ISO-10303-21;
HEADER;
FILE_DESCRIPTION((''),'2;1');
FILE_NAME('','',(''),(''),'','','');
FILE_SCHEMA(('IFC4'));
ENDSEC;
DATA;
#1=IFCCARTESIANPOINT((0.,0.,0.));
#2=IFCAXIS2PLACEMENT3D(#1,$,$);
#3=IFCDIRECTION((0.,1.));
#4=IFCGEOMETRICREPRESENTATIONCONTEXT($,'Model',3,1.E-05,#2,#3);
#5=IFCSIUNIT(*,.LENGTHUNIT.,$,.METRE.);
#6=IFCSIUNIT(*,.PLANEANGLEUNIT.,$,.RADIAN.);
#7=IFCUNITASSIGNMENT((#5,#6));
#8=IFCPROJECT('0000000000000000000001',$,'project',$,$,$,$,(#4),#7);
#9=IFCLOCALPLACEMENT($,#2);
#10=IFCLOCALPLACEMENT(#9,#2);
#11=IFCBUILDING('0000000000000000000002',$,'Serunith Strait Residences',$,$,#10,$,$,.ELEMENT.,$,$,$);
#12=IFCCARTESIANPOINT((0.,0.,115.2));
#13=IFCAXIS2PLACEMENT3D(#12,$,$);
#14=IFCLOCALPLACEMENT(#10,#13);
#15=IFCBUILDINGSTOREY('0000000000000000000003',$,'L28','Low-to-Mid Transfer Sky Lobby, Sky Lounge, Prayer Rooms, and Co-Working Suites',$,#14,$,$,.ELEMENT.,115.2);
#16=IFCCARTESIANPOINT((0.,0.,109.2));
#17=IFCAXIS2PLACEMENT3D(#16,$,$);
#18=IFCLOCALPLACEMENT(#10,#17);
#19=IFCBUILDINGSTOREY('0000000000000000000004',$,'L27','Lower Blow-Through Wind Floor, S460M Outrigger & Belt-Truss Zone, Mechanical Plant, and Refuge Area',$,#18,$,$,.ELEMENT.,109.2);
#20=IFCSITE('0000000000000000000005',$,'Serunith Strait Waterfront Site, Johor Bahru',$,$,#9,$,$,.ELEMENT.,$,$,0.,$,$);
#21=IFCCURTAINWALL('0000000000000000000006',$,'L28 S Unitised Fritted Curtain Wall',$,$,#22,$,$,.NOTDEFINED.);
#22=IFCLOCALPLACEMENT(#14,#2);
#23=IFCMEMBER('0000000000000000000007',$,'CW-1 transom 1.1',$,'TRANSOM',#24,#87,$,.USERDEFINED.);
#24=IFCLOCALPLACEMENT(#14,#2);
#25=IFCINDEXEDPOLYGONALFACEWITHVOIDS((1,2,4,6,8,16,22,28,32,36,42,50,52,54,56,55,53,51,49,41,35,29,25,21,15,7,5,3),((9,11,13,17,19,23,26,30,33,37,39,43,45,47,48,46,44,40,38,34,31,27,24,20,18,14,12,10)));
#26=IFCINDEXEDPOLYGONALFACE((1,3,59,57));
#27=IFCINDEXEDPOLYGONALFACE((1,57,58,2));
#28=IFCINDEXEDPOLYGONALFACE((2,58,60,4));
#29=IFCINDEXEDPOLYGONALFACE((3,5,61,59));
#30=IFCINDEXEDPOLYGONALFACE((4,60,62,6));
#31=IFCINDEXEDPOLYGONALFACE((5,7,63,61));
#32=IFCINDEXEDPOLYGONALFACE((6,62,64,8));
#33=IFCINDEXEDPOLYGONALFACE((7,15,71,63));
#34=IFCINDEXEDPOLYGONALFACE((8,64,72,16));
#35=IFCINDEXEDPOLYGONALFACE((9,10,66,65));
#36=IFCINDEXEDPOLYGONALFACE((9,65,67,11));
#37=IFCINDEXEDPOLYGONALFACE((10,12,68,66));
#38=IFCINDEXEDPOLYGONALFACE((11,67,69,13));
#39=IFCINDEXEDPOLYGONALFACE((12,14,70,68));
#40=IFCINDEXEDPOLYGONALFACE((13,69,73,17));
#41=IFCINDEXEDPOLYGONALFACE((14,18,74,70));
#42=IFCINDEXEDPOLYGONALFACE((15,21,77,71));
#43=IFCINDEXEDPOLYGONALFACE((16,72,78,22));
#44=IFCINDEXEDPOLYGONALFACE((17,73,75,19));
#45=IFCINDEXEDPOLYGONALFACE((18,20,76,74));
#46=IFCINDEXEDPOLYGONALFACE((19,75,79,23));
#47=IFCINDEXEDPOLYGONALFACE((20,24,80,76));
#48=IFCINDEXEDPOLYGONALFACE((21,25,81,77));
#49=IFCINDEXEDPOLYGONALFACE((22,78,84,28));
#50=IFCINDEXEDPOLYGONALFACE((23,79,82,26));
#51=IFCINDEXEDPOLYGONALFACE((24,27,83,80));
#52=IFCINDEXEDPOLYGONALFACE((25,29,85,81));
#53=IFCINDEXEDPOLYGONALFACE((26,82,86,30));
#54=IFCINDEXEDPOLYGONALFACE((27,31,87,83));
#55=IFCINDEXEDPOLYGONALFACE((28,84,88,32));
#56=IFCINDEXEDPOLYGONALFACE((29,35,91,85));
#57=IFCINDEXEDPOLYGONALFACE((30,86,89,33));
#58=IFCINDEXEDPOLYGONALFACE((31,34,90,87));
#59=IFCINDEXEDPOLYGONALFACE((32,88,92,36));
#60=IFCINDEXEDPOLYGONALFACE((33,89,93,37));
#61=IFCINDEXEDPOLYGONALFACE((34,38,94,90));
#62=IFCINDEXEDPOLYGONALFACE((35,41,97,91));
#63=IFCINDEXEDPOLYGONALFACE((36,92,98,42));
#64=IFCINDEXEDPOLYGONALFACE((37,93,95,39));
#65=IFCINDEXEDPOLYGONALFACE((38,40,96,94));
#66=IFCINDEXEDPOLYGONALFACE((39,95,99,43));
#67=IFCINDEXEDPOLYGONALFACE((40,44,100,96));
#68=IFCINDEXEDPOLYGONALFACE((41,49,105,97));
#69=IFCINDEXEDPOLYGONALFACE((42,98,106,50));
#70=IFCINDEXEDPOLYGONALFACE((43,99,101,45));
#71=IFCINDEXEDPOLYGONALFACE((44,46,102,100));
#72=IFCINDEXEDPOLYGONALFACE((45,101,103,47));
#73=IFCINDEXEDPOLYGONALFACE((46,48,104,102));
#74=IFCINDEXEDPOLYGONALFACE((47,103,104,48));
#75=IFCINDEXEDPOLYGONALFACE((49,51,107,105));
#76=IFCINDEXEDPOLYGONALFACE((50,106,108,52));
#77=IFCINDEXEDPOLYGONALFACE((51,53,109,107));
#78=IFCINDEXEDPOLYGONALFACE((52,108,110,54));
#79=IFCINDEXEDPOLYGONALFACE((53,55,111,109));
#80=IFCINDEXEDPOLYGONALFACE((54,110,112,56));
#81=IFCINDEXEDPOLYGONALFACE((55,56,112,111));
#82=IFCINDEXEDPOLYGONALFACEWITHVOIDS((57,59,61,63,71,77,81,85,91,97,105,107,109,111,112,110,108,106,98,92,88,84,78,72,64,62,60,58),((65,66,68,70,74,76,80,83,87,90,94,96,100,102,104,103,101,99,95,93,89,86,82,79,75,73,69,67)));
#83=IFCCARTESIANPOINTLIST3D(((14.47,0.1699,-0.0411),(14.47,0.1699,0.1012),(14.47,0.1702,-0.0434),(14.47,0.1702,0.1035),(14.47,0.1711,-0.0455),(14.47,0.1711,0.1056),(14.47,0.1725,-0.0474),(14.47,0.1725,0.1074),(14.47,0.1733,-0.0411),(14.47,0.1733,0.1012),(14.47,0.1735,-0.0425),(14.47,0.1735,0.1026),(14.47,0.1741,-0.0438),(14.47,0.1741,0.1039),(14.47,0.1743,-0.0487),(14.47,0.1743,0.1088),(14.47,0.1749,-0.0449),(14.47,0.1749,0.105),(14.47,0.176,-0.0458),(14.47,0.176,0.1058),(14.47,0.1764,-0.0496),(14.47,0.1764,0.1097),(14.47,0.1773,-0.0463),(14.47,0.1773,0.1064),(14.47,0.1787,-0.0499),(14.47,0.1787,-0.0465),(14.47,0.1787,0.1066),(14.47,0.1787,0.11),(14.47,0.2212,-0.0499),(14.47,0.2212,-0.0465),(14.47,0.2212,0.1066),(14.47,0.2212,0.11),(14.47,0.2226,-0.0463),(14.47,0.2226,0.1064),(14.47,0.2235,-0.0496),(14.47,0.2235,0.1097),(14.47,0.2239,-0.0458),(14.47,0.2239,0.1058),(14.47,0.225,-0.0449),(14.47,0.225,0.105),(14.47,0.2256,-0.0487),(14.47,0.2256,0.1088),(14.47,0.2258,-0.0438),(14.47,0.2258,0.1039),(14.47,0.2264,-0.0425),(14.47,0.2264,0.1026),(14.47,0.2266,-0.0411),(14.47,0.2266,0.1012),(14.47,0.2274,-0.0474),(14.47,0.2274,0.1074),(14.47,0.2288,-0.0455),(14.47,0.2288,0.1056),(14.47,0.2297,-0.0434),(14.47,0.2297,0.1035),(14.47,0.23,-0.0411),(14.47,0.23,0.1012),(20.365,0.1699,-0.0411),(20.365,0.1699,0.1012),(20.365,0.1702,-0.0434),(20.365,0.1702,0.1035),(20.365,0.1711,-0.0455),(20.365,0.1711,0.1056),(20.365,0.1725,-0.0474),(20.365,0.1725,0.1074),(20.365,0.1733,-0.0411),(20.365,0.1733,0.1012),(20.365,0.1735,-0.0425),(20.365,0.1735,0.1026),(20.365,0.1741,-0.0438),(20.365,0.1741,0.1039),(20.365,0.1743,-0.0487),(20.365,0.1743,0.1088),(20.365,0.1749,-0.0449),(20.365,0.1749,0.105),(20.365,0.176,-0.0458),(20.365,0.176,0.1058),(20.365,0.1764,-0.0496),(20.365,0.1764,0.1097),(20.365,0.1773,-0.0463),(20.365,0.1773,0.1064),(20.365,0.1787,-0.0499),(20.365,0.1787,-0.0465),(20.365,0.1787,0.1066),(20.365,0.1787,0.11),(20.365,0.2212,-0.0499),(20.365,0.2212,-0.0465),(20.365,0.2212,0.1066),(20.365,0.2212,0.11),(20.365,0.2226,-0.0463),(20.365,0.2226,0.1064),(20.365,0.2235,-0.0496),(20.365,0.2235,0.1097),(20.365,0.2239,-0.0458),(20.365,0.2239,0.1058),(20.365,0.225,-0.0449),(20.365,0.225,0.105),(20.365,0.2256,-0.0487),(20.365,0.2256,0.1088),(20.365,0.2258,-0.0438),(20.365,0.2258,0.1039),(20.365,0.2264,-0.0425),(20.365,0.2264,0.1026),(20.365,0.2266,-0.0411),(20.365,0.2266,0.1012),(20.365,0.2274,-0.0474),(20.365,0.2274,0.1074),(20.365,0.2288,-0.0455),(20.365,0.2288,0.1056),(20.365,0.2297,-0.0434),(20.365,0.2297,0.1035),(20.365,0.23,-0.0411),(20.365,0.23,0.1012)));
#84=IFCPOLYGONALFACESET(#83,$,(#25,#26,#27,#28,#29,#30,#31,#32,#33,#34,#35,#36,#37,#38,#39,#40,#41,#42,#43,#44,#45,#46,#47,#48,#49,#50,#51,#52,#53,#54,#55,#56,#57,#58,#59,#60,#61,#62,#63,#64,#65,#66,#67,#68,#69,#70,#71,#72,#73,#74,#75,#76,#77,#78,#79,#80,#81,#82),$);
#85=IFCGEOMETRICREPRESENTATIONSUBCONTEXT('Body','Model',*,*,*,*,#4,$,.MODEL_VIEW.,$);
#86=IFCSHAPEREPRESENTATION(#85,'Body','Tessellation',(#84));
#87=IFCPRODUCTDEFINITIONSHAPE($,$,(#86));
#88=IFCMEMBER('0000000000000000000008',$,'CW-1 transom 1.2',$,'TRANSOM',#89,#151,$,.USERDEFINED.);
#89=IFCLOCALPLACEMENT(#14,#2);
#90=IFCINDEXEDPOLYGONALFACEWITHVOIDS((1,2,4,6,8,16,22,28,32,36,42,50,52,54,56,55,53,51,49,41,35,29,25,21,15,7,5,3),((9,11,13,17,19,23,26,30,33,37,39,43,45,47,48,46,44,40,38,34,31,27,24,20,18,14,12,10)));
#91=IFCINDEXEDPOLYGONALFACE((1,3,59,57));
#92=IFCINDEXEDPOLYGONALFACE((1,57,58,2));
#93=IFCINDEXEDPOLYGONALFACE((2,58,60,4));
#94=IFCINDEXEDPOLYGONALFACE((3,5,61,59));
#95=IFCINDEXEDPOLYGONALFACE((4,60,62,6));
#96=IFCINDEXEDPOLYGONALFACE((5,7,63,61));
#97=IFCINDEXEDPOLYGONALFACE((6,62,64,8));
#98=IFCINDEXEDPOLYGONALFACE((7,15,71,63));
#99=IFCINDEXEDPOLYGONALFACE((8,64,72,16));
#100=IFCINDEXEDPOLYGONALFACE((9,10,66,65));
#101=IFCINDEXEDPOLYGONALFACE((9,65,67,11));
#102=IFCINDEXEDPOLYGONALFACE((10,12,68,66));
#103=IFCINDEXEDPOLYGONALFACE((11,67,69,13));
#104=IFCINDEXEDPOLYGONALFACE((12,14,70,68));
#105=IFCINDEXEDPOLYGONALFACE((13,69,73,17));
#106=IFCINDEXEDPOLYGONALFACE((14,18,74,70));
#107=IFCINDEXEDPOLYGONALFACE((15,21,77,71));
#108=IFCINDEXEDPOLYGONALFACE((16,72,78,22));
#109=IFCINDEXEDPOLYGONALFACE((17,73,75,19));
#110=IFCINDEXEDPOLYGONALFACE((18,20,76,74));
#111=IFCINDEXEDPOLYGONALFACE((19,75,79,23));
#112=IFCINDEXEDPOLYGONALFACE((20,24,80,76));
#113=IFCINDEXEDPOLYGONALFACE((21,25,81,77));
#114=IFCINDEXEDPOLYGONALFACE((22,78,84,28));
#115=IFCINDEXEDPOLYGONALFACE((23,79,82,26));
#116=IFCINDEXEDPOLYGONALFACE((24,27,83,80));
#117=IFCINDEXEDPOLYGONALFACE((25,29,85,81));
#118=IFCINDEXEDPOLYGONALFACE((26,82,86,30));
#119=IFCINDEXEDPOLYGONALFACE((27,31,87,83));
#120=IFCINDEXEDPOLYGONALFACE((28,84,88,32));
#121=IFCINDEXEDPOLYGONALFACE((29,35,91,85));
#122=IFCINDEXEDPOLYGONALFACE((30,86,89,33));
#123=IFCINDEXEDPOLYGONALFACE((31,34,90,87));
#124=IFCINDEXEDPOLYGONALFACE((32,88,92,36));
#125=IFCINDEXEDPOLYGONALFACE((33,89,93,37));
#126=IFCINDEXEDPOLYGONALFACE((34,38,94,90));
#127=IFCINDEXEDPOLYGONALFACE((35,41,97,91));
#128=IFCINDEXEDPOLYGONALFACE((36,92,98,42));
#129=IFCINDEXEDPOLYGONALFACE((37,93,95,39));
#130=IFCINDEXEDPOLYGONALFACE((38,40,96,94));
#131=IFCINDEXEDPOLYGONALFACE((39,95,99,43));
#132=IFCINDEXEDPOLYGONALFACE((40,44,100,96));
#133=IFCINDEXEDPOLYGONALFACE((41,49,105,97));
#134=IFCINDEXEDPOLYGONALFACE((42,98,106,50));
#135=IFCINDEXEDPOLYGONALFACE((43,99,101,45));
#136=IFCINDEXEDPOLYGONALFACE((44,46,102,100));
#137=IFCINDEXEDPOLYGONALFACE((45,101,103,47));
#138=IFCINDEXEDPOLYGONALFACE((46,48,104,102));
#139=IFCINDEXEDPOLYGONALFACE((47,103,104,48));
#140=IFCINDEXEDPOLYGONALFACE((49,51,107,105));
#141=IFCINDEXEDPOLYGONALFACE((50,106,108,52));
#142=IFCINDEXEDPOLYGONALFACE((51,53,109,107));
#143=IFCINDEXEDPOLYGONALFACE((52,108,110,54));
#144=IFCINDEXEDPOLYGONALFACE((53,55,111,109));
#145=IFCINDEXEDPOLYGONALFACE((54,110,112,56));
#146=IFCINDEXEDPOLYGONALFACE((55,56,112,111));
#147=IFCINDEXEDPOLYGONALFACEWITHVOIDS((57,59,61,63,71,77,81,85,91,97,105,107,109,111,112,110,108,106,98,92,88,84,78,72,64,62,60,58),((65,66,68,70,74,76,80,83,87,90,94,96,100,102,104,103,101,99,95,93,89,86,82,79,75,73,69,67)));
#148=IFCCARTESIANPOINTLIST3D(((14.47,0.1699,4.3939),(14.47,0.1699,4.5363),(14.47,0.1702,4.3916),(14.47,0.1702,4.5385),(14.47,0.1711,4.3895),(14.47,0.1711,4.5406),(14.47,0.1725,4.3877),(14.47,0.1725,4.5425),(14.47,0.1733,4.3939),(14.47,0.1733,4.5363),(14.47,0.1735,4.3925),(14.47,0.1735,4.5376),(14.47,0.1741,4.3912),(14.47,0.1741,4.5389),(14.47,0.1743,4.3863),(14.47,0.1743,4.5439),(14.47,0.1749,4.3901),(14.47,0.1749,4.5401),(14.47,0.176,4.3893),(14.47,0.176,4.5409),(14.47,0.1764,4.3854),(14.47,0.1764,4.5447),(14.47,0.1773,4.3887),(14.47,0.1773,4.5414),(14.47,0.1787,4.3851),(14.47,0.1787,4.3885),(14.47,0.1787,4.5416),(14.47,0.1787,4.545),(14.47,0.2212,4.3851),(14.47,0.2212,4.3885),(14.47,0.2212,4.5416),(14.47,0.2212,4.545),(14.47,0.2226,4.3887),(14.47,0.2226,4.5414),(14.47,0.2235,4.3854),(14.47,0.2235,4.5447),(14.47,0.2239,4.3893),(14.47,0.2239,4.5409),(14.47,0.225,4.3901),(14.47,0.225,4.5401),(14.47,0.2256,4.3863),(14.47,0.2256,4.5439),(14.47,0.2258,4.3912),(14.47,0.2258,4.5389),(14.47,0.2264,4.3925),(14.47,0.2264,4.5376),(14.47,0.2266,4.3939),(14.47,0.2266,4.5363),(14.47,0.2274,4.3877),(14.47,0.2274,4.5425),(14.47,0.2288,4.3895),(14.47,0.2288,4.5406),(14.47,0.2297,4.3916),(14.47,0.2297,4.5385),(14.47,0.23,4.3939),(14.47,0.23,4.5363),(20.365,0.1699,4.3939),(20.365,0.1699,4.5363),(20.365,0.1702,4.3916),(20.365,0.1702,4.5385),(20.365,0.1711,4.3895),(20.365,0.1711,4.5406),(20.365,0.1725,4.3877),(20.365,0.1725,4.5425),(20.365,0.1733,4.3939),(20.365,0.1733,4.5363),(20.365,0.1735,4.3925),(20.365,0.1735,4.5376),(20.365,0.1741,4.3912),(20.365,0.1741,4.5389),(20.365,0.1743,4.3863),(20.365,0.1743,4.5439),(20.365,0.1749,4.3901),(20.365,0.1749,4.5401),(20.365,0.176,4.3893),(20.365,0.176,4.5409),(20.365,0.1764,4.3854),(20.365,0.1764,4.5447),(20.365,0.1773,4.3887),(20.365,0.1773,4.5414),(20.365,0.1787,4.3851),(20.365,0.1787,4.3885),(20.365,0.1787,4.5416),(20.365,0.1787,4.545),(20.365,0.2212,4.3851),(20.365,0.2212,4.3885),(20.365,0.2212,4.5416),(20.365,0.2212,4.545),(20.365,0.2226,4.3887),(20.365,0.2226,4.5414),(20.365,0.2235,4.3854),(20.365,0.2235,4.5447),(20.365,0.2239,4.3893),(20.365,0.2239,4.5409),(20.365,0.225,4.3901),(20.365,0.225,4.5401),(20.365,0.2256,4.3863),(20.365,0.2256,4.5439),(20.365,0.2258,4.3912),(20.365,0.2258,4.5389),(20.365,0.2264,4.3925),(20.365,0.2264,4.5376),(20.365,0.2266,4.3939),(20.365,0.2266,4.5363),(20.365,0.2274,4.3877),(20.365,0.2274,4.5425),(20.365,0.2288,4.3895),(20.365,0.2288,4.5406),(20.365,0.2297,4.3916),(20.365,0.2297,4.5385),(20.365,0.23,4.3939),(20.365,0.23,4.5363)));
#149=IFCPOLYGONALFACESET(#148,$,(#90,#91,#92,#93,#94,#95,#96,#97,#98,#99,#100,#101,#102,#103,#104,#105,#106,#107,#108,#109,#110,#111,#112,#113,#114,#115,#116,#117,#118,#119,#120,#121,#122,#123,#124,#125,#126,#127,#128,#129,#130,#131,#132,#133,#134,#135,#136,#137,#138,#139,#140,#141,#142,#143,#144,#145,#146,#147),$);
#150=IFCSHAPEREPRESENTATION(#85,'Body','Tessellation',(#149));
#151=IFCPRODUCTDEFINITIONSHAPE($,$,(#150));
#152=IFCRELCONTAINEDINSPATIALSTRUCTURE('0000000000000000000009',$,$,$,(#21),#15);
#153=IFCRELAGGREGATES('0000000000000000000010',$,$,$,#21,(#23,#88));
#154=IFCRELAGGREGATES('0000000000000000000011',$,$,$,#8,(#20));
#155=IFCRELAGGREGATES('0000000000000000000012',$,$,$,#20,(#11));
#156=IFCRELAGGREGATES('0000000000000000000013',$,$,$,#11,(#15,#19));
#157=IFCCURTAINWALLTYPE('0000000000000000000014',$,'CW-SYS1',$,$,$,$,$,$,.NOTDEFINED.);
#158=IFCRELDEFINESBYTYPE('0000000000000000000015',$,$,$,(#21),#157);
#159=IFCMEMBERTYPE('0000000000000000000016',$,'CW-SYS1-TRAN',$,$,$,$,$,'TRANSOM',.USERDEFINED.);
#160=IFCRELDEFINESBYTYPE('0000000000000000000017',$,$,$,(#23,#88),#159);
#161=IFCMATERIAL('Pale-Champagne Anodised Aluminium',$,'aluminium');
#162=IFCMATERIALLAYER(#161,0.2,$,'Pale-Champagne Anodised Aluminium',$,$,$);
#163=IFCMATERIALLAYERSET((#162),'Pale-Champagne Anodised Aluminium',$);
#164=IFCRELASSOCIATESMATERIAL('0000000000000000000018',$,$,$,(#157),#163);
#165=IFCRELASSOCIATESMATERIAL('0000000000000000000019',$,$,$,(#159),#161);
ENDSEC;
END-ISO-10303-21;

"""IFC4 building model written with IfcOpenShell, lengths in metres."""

from ifc_helpers import new_model, si_unit, direction, frame, origin, origin_2d, place, context, subcontext, project, spatial, hollow_rectangle, extrude, source, transform, mapped, material, layer, layer_set, material_profile, profile_set, type_object, element, aggregate, save


model = new_model("IFC4")

# Units and contexts
model_context = context("Model", 3, precision=1e-05, world=origin(), true_north=direction((0.0, 1.0)))
body_context = subcontext(model_context, "Body", "Model", "MODEL_VIEW")
ifc_project = project(units=[si_unit("LENGTHUNIT", "METRE"), si_unit("PLANEANGLEUNIT", "RADIAN")], contexts=[model_context])

# Site, building, storey
site_placement = place(None, origin())
site = spatial("IfcSite", under=ifc_project, at=site_placement, Name="Serunith Strait Waterfront Site, Johor Bahru", CompositionType="ELEMENT", RefElevation=0.0)
building_placement = place(site_placement, origin())
building = spatial("IfcBuilding", under=site, at=building_placement, Name="Serunith Strait Residences", CompositionType="ELEMENT")
storey_1_placement = place(building_placement, frame((0.0, 0.0, 115.2)))
storey_1 = spatial("IfcBuildingStorey", under=building, at=storey_1_placement, Name="L28", Description="Low-to-Mid Transfer Sky Lobby, Sky Lounge, Prayer Rooms, and Co-Working Suites", CompositionType="ELEMENT", Elevation=115.2)

# Curtain wall, members
ifc_material_1 = material(Name="Pale-Champagne Anodised Aluminium", Category="aluminium")
ifc_layer_1 = layer(ifc_material_1, 0.2, Name="Pale-Champagne Anodised Aluminium")
ifc_layer_set_1 = layer_set([ifc_layer_1], Name="Pale-Champagne Anodised Aluminium")
curtain_wall_type = type_object("IfcCurtainWallType", Name="CW-SYS1", PredefinedType="NOTDEFINED", material=ifc_layer_set_1)
curtain_wall_placement = place(storey_1_placement, origin())
curtain_wall = element("IfcCurtainWall", 1, at=curtain_wall_placement, inside=storey_1, type_object=curtain_wall_type, Name="L28 S Unitised Fritted Curtain Wall", PredefinedType="NOTDEFINED")
ifc_material_profile_1 = material_profile(ifc_material_1, hollow_rectangle(XDim=0.0601, YDim=0.1599, WallThickness=0.0034, InnerFilletRadius=0.0054, OuterFilletRadius=0.0088, at=origin_2d()), Name="ALU 160x60x3.5")
ifc_profile_set_1 = profile_set([ifc_material_profile_1], Name="Pale-Champagne Anodised Aluminium")
member_type_1 = type_object("IfcMemberType", Name="CW-SYS1-TRAN", ElementType="TRANSOM", PredefinedType="USERDEFINED", material=ifc_profile_set_1)
shared_shape_1 = source(origin(), body_context, "Body", "SweptSolid", [
    extrude(hollow_rectangle(XDim=0.0601, YDim=0.1599, WallThickness=0.0034, InnerFilletRadius=0.0054, OuterFilletRadius=0.0088, at=origin_2d()), origin(), (0.0, 0.0, 1.0), 5.895),
])
member_1_placement = place(storey_1_placement, frame((14.47, 0.2, 0.03), z_axis=(1.0, 0.0, 0.0), x_axis=(0.0, 1.0, 0.0)))
member_1 = element("IfcMember", 2, at=member_1_placement, type_object=member_type_1, Name="CW-1 transom 1.1", ObjectType="TRANSOM", PredefinedType="USERDEFINED", context=body_context, shape_type="MappedRepresentation", body=[
    mapped(shared_shape_1, transform((0.0, 0.0, 0.0), scale=1.0)),
])
member_2_placement = place(storey_1_placement, frame((14.47, 0.2, 4.4651), z_axis=(1.0, 0.0, 0.0), x_axis=(0.0, 1.0, 0.0)))
member_2 = element("IfcMember", 3, at=member_2_placement, type_object=member_type_1, Name="CW-1 transom 1.2", ObjectType="TRANSOM", PredefinedType="USERDEFINED", context=body_context, shape_type="MappedRepresentation", body=[
    mapped(shared_shape_1, transform((0.0, 0.0, 0.0), scale=1.0)),
])
aggregate(curtain_wall, [member_1, member_2])

# Shared definitions
storey_2_placement = place(building_placement, frame((0.0, 0.0, 109.2)))
storey_2 = spatial("IfcBuildingStorey", under=building, at=storey_2_placement, Name="L27", Description="Lower Blow-Through Wind Floor, S460M Outrigger & Belt-Truss Zone, Mechanical Plant, and Refuge Area", CompositionType="ELEMENT", Elevation=109.2)

save(model, "model.ifc")
